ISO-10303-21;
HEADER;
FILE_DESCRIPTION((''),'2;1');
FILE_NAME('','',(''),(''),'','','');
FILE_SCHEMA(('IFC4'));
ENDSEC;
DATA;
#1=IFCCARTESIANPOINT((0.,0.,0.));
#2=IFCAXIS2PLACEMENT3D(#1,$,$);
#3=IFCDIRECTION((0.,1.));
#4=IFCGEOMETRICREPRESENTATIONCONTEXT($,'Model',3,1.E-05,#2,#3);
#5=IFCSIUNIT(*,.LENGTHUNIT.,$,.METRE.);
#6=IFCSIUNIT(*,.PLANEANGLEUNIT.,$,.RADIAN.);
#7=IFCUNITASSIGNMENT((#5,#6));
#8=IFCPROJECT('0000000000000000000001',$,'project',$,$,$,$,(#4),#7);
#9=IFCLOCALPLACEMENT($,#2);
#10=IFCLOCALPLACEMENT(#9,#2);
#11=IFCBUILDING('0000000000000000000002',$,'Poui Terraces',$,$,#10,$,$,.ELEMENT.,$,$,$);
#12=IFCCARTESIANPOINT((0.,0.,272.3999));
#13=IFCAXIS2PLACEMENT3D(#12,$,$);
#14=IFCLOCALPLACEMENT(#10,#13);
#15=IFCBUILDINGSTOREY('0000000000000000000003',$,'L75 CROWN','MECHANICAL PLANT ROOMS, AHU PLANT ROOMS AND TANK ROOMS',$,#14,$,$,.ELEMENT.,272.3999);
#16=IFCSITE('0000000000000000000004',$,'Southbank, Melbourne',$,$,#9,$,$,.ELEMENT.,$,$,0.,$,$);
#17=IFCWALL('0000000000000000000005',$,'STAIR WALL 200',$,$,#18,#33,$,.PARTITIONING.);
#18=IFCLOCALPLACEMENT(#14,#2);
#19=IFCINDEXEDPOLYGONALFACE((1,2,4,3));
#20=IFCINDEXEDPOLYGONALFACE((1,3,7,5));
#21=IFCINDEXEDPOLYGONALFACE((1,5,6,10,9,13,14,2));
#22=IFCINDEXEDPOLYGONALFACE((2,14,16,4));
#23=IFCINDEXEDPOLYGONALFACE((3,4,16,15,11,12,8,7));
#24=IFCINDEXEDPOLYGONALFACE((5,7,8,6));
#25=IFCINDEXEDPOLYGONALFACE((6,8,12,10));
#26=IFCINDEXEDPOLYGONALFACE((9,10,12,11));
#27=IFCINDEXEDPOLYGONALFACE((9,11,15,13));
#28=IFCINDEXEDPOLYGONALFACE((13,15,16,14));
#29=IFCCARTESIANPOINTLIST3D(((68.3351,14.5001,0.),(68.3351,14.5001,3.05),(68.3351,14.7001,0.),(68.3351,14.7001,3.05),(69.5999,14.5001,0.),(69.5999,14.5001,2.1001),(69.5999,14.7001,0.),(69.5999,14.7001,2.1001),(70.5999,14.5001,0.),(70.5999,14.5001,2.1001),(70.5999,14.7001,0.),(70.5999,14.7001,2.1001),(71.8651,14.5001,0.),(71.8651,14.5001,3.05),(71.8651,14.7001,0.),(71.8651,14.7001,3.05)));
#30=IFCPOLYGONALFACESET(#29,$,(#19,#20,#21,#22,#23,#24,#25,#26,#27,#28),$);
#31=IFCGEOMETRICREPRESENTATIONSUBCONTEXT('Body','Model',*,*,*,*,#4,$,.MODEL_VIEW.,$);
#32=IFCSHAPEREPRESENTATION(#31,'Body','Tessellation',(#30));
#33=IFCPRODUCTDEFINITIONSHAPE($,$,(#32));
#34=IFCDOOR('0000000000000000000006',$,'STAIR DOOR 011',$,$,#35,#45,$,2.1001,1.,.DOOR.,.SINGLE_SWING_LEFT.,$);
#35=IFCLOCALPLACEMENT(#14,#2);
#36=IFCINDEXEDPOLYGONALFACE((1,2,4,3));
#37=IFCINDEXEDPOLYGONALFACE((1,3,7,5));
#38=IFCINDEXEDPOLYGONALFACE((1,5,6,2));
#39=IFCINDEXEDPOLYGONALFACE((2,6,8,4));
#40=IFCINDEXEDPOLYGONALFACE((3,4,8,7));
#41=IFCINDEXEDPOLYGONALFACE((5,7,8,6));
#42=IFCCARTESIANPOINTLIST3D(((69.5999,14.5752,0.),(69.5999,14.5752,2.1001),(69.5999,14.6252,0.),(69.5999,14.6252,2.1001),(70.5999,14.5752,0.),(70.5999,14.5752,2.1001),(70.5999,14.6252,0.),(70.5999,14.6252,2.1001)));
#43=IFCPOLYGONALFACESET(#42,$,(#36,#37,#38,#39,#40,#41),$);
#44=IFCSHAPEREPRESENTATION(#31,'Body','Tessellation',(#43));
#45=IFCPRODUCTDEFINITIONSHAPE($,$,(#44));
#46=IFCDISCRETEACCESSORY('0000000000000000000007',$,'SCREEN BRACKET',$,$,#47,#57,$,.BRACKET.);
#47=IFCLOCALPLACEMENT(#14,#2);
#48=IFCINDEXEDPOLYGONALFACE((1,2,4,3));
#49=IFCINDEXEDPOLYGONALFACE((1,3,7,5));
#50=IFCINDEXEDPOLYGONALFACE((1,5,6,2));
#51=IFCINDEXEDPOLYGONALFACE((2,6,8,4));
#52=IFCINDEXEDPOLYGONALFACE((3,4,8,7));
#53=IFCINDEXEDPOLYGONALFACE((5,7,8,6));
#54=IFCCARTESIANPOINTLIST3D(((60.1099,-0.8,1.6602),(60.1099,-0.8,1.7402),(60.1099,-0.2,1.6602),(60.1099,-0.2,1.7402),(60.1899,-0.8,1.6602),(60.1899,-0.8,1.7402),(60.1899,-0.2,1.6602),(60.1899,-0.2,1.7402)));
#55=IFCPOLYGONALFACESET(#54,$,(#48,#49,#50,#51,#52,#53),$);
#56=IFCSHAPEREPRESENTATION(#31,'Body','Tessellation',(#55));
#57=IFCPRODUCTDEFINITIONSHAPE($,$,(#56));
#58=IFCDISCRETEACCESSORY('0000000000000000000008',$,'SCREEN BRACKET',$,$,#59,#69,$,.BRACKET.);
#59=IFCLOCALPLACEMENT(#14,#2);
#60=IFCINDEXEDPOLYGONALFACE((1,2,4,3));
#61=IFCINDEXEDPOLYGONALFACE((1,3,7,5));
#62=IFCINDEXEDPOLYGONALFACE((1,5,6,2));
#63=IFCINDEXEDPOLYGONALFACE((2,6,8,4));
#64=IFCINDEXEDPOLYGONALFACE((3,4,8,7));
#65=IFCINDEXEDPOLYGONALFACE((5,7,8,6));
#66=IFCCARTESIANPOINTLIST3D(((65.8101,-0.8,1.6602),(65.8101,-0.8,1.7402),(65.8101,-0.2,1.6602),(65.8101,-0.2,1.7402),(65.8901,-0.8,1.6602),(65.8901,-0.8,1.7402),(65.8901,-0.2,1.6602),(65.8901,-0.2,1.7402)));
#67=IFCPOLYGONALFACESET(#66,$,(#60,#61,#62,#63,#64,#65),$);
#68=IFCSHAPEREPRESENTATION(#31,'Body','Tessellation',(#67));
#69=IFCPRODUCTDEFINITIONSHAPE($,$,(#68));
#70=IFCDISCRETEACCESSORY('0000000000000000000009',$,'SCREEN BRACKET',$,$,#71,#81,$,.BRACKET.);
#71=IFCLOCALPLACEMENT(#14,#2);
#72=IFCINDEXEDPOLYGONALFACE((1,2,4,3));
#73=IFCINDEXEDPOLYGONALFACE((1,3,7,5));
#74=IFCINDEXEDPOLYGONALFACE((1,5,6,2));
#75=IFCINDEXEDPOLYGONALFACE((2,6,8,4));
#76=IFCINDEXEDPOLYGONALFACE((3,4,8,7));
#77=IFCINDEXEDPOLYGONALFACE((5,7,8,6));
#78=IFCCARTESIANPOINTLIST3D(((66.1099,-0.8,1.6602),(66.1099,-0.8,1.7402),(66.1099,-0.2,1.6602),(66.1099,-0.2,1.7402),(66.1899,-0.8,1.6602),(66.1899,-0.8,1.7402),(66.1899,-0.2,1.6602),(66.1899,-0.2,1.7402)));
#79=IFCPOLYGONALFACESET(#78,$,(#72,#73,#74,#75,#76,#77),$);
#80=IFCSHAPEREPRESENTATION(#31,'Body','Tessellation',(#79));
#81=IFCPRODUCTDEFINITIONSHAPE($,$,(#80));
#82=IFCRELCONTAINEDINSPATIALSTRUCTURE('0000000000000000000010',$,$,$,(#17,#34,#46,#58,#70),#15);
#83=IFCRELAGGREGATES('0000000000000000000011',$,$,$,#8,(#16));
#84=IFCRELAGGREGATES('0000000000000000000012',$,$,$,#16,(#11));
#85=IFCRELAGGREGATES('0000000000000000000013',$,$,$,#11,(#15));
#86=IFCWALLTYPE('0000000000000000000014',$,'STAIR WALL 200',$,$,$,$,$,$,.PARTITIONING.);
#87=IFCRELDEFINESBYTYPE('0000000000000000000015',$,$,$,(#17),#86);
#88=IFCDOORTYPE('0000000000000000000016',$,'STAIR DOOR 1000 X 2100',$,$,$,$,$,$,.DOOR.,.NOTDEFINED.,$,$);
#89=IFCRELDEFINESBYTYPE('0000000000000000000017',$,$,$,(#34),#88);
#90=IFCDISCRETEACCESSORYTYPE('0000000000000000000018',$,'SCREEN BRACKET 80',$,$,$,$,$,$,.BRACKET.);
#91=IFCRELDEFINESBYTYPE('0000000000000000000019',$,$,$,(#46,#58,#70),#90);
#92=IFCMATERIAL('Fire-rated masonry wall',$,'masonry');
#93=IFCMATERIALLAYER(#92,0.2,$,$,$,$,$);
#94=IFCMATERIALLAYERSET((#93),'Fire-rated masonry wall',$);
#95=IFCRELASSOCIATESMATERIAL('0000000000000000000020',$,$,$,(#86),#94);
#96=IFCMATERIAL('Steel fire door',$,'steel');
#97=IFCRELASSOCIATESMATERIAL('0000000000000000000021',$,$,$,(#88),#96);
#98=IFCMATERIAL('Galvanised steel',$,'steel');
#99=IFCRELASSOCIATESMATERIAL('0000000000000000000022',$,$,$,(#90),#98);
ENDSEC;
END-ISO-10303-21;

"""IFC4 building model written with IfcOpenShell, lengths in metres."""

from ifc_helpers import new_model, si_unit, direction, frame, frame_2d, origin, origin_2d, place, context, subcontext, project, spatial, rectangle, extrude, source, transform, mapped, material, layer, layer_set, material_profile, profile_set, type_object, element, fill, save


model = new_model("IFC4")

# Units and contexts
model_context = context("Model", 3, precision=1e-05, world=origin(), true_north=direction((0.0, 1.0)))
body_context = subcontext(model_context, "Body", "Model", "MODEL_VIEW")
ifc_project = project(units=[si_unit("LENGTHUNIT", "METRE"), si_unit("PLANEANGLEUNIT", "RADIAN")], contexts=[model_context])

# Site, building, storey
site_placement = place(None, origin())
site = spatial("IfcSite", under=ifc_project, at=site_placement, Name="Southbank, Melbourne", CompositionType="ELEMENT", RefElevation=0.0)
building_placement = place(site_placement, origin())
building = spatial("IfcBuilding", under=site, at=building_placement, Name="Poui Terraces", CompositionType="ELEMENT")
storey_placement = place(building_placement, frame((0.0, 0.0, 272.3999)))
storey = spatial("IfcBuildingStorey", under=building, at=storey_placement, Name="L75 CROWN", Description="MECHANICAL PLANT ROOMS, AHU PLANT ROOMS AND TANK ROOMS", CompositionType="ELEMENT", Elevation=272.3999)

# Shared definitions
ifc_material_1 = material(Name="Steel fire door", Category="steel")

# Shared definitions
ifc_material_2 = material(Name="Fire-rated masonry wall", Category="masonry")

# Wall, opening, door
ifc_layer_1 = layer(ifc_material_2, 0.2)
ifc_layer_set_1 = layer_set([ifc_layer_1], Name="Fire-rated masonry wall")
wall_type_1 = type_object("IfcWallType", Name="STAIR WALL 200", PredefinedType="PARTITIONING", material=ifc_layer_set_1)
wall_1_placement = place(storey_placement, frame((68.335, 14.6001, 0.0), z_axis=(0.0, 0.0, 1.0), x_axis=(1.0, 0.0, 0.0)))
wall_1 = element("IfcWall", 1, at=wall_1_placement, inside=storey, type_object=wall_type_1, Name="STAIR WALL 200", PredefinedType="PARTITIONING", context=body_context, shape_type="SweptSolid", body=[
    extrude(rectangle(XDim=3.53, YDim=0.2, at=frame_2d((1.7651, 0.0))), origin(), (0.0, 0.0, 1.0), 3.05),
])
opening_1_placement = place(wall_1_placement, frame((1.2649, 0.0, 0.0)))
opening_1 = element("IfcOpeningElement", 2, at=opening_1_placement, cuts=wall_1, PredefinedType="OPENING", context=body_context, shape_type="SweptSolid", body=[
    extrude(rectangle(XDim=1.0, YDim=2.1001, at=frame_2d((0.5, 1.05))), frame((0.0, 0.1099, 0.0), z_axis=(0.0, -1.0, 0.0), x_axis=(1.0, 0.0, 0.0)), (0.0, 0.0, 1.0), 0.22),
])
door_type_1 = type_object("IfcDoorType", Name="STAIR DOOR 1000 X 2100", OperationType="NOTDEFINED", PredefinedType="DOOR", material=ifc_material_1)
door_1_placement = place(opening_1_placement, frame((1.0, 0.0, 0.0), z_axis=(0.0, 0.0, 1.0), x_axis=(-1.0, 0.0, 0.0)))
door_1 = element("IfcDoor", 3, at=door_1_placement, inside=storey, type_object=door_type_1, Name="STAIR DOOR 011", OperationType="SINGLE_SWING_LEFT", OverallHeight=2.1001, OverallWidth=1.0, PredefinedType="DOOR", context=body_context, shape_type="SweptSolid", body=[
    extrude(rectangle(XDim=1.0, YDim=2.1001, at=frame_2d((0.5, 1.05))), frame((0.0, 0.0249, 0.0), z_axis=(0.0, -1.0, 0.0), x_axis=(1.0, 0.0, 0.0)), (0.0, 0.0, 1.0), 0.05),
])
fill(opening_1, door_1)

# Discrete accessories
ifc_material_3 = material(Name="Galvanised steel", Category="steel")
ifc_material_profile_1 = material_profile(ifc_material_3, rectangle(XDim=0.0801, YDim=0.0801, at=origin_2d()), Name="SCREEN BRACKET 80")
ifc_profile_set_1 = profile_set([ifc_material_profile_1], Name="Galvanised steel")
discrete_accessory_type = type_object("IfcDiscreteAccessoryType", Name="SCREEN BRACKET 80", PredefinedType="BRACKET", material=ifc_profile_set_1)
shared_shape_1 = source(origin(), body_context, "Body", "SweptSolid", [
    extrude(rectangle(XDim=0.0801, YDim=0.0801, at=origin_2d()), origin(), (0.0, 0.0, 1.0), 0.6001),
])
for number, where, z_axis, x_axis, name in (
    (4, (60.1499, -0.2, 1.7002), (0.0, -1.0, 0.0), (1.0, 0.0, 0.0), "SCREEN BRACKET"),
    (5, (65.8501, -0.2, 1.7002), (0.0, -1.0, 0.0), (1.0, 0.0, 0.0), "SCREEN BRACKET"),
    (6, (66.1499, -0.2, 1.7002), (0.0, -1.0, 0.0), (1.0, 0.0, 0.0), "SCREEN BRACKET"),
):
    element("IfcDiscreteAccessory", number, at=place(storey_placement, frame(where, z_axis=z_axis, x_axis=x_axis)), inside=storey, type_object=discrete_accessory_type, Name=name, PredefinedType="BRACKET", context=body_context, shape_type="MappedRepresentation", body=[
        mapped(shared_shape_1, transform((0.0, 0.0, 0.0))),
    ])

save(model, "model.ifc")
